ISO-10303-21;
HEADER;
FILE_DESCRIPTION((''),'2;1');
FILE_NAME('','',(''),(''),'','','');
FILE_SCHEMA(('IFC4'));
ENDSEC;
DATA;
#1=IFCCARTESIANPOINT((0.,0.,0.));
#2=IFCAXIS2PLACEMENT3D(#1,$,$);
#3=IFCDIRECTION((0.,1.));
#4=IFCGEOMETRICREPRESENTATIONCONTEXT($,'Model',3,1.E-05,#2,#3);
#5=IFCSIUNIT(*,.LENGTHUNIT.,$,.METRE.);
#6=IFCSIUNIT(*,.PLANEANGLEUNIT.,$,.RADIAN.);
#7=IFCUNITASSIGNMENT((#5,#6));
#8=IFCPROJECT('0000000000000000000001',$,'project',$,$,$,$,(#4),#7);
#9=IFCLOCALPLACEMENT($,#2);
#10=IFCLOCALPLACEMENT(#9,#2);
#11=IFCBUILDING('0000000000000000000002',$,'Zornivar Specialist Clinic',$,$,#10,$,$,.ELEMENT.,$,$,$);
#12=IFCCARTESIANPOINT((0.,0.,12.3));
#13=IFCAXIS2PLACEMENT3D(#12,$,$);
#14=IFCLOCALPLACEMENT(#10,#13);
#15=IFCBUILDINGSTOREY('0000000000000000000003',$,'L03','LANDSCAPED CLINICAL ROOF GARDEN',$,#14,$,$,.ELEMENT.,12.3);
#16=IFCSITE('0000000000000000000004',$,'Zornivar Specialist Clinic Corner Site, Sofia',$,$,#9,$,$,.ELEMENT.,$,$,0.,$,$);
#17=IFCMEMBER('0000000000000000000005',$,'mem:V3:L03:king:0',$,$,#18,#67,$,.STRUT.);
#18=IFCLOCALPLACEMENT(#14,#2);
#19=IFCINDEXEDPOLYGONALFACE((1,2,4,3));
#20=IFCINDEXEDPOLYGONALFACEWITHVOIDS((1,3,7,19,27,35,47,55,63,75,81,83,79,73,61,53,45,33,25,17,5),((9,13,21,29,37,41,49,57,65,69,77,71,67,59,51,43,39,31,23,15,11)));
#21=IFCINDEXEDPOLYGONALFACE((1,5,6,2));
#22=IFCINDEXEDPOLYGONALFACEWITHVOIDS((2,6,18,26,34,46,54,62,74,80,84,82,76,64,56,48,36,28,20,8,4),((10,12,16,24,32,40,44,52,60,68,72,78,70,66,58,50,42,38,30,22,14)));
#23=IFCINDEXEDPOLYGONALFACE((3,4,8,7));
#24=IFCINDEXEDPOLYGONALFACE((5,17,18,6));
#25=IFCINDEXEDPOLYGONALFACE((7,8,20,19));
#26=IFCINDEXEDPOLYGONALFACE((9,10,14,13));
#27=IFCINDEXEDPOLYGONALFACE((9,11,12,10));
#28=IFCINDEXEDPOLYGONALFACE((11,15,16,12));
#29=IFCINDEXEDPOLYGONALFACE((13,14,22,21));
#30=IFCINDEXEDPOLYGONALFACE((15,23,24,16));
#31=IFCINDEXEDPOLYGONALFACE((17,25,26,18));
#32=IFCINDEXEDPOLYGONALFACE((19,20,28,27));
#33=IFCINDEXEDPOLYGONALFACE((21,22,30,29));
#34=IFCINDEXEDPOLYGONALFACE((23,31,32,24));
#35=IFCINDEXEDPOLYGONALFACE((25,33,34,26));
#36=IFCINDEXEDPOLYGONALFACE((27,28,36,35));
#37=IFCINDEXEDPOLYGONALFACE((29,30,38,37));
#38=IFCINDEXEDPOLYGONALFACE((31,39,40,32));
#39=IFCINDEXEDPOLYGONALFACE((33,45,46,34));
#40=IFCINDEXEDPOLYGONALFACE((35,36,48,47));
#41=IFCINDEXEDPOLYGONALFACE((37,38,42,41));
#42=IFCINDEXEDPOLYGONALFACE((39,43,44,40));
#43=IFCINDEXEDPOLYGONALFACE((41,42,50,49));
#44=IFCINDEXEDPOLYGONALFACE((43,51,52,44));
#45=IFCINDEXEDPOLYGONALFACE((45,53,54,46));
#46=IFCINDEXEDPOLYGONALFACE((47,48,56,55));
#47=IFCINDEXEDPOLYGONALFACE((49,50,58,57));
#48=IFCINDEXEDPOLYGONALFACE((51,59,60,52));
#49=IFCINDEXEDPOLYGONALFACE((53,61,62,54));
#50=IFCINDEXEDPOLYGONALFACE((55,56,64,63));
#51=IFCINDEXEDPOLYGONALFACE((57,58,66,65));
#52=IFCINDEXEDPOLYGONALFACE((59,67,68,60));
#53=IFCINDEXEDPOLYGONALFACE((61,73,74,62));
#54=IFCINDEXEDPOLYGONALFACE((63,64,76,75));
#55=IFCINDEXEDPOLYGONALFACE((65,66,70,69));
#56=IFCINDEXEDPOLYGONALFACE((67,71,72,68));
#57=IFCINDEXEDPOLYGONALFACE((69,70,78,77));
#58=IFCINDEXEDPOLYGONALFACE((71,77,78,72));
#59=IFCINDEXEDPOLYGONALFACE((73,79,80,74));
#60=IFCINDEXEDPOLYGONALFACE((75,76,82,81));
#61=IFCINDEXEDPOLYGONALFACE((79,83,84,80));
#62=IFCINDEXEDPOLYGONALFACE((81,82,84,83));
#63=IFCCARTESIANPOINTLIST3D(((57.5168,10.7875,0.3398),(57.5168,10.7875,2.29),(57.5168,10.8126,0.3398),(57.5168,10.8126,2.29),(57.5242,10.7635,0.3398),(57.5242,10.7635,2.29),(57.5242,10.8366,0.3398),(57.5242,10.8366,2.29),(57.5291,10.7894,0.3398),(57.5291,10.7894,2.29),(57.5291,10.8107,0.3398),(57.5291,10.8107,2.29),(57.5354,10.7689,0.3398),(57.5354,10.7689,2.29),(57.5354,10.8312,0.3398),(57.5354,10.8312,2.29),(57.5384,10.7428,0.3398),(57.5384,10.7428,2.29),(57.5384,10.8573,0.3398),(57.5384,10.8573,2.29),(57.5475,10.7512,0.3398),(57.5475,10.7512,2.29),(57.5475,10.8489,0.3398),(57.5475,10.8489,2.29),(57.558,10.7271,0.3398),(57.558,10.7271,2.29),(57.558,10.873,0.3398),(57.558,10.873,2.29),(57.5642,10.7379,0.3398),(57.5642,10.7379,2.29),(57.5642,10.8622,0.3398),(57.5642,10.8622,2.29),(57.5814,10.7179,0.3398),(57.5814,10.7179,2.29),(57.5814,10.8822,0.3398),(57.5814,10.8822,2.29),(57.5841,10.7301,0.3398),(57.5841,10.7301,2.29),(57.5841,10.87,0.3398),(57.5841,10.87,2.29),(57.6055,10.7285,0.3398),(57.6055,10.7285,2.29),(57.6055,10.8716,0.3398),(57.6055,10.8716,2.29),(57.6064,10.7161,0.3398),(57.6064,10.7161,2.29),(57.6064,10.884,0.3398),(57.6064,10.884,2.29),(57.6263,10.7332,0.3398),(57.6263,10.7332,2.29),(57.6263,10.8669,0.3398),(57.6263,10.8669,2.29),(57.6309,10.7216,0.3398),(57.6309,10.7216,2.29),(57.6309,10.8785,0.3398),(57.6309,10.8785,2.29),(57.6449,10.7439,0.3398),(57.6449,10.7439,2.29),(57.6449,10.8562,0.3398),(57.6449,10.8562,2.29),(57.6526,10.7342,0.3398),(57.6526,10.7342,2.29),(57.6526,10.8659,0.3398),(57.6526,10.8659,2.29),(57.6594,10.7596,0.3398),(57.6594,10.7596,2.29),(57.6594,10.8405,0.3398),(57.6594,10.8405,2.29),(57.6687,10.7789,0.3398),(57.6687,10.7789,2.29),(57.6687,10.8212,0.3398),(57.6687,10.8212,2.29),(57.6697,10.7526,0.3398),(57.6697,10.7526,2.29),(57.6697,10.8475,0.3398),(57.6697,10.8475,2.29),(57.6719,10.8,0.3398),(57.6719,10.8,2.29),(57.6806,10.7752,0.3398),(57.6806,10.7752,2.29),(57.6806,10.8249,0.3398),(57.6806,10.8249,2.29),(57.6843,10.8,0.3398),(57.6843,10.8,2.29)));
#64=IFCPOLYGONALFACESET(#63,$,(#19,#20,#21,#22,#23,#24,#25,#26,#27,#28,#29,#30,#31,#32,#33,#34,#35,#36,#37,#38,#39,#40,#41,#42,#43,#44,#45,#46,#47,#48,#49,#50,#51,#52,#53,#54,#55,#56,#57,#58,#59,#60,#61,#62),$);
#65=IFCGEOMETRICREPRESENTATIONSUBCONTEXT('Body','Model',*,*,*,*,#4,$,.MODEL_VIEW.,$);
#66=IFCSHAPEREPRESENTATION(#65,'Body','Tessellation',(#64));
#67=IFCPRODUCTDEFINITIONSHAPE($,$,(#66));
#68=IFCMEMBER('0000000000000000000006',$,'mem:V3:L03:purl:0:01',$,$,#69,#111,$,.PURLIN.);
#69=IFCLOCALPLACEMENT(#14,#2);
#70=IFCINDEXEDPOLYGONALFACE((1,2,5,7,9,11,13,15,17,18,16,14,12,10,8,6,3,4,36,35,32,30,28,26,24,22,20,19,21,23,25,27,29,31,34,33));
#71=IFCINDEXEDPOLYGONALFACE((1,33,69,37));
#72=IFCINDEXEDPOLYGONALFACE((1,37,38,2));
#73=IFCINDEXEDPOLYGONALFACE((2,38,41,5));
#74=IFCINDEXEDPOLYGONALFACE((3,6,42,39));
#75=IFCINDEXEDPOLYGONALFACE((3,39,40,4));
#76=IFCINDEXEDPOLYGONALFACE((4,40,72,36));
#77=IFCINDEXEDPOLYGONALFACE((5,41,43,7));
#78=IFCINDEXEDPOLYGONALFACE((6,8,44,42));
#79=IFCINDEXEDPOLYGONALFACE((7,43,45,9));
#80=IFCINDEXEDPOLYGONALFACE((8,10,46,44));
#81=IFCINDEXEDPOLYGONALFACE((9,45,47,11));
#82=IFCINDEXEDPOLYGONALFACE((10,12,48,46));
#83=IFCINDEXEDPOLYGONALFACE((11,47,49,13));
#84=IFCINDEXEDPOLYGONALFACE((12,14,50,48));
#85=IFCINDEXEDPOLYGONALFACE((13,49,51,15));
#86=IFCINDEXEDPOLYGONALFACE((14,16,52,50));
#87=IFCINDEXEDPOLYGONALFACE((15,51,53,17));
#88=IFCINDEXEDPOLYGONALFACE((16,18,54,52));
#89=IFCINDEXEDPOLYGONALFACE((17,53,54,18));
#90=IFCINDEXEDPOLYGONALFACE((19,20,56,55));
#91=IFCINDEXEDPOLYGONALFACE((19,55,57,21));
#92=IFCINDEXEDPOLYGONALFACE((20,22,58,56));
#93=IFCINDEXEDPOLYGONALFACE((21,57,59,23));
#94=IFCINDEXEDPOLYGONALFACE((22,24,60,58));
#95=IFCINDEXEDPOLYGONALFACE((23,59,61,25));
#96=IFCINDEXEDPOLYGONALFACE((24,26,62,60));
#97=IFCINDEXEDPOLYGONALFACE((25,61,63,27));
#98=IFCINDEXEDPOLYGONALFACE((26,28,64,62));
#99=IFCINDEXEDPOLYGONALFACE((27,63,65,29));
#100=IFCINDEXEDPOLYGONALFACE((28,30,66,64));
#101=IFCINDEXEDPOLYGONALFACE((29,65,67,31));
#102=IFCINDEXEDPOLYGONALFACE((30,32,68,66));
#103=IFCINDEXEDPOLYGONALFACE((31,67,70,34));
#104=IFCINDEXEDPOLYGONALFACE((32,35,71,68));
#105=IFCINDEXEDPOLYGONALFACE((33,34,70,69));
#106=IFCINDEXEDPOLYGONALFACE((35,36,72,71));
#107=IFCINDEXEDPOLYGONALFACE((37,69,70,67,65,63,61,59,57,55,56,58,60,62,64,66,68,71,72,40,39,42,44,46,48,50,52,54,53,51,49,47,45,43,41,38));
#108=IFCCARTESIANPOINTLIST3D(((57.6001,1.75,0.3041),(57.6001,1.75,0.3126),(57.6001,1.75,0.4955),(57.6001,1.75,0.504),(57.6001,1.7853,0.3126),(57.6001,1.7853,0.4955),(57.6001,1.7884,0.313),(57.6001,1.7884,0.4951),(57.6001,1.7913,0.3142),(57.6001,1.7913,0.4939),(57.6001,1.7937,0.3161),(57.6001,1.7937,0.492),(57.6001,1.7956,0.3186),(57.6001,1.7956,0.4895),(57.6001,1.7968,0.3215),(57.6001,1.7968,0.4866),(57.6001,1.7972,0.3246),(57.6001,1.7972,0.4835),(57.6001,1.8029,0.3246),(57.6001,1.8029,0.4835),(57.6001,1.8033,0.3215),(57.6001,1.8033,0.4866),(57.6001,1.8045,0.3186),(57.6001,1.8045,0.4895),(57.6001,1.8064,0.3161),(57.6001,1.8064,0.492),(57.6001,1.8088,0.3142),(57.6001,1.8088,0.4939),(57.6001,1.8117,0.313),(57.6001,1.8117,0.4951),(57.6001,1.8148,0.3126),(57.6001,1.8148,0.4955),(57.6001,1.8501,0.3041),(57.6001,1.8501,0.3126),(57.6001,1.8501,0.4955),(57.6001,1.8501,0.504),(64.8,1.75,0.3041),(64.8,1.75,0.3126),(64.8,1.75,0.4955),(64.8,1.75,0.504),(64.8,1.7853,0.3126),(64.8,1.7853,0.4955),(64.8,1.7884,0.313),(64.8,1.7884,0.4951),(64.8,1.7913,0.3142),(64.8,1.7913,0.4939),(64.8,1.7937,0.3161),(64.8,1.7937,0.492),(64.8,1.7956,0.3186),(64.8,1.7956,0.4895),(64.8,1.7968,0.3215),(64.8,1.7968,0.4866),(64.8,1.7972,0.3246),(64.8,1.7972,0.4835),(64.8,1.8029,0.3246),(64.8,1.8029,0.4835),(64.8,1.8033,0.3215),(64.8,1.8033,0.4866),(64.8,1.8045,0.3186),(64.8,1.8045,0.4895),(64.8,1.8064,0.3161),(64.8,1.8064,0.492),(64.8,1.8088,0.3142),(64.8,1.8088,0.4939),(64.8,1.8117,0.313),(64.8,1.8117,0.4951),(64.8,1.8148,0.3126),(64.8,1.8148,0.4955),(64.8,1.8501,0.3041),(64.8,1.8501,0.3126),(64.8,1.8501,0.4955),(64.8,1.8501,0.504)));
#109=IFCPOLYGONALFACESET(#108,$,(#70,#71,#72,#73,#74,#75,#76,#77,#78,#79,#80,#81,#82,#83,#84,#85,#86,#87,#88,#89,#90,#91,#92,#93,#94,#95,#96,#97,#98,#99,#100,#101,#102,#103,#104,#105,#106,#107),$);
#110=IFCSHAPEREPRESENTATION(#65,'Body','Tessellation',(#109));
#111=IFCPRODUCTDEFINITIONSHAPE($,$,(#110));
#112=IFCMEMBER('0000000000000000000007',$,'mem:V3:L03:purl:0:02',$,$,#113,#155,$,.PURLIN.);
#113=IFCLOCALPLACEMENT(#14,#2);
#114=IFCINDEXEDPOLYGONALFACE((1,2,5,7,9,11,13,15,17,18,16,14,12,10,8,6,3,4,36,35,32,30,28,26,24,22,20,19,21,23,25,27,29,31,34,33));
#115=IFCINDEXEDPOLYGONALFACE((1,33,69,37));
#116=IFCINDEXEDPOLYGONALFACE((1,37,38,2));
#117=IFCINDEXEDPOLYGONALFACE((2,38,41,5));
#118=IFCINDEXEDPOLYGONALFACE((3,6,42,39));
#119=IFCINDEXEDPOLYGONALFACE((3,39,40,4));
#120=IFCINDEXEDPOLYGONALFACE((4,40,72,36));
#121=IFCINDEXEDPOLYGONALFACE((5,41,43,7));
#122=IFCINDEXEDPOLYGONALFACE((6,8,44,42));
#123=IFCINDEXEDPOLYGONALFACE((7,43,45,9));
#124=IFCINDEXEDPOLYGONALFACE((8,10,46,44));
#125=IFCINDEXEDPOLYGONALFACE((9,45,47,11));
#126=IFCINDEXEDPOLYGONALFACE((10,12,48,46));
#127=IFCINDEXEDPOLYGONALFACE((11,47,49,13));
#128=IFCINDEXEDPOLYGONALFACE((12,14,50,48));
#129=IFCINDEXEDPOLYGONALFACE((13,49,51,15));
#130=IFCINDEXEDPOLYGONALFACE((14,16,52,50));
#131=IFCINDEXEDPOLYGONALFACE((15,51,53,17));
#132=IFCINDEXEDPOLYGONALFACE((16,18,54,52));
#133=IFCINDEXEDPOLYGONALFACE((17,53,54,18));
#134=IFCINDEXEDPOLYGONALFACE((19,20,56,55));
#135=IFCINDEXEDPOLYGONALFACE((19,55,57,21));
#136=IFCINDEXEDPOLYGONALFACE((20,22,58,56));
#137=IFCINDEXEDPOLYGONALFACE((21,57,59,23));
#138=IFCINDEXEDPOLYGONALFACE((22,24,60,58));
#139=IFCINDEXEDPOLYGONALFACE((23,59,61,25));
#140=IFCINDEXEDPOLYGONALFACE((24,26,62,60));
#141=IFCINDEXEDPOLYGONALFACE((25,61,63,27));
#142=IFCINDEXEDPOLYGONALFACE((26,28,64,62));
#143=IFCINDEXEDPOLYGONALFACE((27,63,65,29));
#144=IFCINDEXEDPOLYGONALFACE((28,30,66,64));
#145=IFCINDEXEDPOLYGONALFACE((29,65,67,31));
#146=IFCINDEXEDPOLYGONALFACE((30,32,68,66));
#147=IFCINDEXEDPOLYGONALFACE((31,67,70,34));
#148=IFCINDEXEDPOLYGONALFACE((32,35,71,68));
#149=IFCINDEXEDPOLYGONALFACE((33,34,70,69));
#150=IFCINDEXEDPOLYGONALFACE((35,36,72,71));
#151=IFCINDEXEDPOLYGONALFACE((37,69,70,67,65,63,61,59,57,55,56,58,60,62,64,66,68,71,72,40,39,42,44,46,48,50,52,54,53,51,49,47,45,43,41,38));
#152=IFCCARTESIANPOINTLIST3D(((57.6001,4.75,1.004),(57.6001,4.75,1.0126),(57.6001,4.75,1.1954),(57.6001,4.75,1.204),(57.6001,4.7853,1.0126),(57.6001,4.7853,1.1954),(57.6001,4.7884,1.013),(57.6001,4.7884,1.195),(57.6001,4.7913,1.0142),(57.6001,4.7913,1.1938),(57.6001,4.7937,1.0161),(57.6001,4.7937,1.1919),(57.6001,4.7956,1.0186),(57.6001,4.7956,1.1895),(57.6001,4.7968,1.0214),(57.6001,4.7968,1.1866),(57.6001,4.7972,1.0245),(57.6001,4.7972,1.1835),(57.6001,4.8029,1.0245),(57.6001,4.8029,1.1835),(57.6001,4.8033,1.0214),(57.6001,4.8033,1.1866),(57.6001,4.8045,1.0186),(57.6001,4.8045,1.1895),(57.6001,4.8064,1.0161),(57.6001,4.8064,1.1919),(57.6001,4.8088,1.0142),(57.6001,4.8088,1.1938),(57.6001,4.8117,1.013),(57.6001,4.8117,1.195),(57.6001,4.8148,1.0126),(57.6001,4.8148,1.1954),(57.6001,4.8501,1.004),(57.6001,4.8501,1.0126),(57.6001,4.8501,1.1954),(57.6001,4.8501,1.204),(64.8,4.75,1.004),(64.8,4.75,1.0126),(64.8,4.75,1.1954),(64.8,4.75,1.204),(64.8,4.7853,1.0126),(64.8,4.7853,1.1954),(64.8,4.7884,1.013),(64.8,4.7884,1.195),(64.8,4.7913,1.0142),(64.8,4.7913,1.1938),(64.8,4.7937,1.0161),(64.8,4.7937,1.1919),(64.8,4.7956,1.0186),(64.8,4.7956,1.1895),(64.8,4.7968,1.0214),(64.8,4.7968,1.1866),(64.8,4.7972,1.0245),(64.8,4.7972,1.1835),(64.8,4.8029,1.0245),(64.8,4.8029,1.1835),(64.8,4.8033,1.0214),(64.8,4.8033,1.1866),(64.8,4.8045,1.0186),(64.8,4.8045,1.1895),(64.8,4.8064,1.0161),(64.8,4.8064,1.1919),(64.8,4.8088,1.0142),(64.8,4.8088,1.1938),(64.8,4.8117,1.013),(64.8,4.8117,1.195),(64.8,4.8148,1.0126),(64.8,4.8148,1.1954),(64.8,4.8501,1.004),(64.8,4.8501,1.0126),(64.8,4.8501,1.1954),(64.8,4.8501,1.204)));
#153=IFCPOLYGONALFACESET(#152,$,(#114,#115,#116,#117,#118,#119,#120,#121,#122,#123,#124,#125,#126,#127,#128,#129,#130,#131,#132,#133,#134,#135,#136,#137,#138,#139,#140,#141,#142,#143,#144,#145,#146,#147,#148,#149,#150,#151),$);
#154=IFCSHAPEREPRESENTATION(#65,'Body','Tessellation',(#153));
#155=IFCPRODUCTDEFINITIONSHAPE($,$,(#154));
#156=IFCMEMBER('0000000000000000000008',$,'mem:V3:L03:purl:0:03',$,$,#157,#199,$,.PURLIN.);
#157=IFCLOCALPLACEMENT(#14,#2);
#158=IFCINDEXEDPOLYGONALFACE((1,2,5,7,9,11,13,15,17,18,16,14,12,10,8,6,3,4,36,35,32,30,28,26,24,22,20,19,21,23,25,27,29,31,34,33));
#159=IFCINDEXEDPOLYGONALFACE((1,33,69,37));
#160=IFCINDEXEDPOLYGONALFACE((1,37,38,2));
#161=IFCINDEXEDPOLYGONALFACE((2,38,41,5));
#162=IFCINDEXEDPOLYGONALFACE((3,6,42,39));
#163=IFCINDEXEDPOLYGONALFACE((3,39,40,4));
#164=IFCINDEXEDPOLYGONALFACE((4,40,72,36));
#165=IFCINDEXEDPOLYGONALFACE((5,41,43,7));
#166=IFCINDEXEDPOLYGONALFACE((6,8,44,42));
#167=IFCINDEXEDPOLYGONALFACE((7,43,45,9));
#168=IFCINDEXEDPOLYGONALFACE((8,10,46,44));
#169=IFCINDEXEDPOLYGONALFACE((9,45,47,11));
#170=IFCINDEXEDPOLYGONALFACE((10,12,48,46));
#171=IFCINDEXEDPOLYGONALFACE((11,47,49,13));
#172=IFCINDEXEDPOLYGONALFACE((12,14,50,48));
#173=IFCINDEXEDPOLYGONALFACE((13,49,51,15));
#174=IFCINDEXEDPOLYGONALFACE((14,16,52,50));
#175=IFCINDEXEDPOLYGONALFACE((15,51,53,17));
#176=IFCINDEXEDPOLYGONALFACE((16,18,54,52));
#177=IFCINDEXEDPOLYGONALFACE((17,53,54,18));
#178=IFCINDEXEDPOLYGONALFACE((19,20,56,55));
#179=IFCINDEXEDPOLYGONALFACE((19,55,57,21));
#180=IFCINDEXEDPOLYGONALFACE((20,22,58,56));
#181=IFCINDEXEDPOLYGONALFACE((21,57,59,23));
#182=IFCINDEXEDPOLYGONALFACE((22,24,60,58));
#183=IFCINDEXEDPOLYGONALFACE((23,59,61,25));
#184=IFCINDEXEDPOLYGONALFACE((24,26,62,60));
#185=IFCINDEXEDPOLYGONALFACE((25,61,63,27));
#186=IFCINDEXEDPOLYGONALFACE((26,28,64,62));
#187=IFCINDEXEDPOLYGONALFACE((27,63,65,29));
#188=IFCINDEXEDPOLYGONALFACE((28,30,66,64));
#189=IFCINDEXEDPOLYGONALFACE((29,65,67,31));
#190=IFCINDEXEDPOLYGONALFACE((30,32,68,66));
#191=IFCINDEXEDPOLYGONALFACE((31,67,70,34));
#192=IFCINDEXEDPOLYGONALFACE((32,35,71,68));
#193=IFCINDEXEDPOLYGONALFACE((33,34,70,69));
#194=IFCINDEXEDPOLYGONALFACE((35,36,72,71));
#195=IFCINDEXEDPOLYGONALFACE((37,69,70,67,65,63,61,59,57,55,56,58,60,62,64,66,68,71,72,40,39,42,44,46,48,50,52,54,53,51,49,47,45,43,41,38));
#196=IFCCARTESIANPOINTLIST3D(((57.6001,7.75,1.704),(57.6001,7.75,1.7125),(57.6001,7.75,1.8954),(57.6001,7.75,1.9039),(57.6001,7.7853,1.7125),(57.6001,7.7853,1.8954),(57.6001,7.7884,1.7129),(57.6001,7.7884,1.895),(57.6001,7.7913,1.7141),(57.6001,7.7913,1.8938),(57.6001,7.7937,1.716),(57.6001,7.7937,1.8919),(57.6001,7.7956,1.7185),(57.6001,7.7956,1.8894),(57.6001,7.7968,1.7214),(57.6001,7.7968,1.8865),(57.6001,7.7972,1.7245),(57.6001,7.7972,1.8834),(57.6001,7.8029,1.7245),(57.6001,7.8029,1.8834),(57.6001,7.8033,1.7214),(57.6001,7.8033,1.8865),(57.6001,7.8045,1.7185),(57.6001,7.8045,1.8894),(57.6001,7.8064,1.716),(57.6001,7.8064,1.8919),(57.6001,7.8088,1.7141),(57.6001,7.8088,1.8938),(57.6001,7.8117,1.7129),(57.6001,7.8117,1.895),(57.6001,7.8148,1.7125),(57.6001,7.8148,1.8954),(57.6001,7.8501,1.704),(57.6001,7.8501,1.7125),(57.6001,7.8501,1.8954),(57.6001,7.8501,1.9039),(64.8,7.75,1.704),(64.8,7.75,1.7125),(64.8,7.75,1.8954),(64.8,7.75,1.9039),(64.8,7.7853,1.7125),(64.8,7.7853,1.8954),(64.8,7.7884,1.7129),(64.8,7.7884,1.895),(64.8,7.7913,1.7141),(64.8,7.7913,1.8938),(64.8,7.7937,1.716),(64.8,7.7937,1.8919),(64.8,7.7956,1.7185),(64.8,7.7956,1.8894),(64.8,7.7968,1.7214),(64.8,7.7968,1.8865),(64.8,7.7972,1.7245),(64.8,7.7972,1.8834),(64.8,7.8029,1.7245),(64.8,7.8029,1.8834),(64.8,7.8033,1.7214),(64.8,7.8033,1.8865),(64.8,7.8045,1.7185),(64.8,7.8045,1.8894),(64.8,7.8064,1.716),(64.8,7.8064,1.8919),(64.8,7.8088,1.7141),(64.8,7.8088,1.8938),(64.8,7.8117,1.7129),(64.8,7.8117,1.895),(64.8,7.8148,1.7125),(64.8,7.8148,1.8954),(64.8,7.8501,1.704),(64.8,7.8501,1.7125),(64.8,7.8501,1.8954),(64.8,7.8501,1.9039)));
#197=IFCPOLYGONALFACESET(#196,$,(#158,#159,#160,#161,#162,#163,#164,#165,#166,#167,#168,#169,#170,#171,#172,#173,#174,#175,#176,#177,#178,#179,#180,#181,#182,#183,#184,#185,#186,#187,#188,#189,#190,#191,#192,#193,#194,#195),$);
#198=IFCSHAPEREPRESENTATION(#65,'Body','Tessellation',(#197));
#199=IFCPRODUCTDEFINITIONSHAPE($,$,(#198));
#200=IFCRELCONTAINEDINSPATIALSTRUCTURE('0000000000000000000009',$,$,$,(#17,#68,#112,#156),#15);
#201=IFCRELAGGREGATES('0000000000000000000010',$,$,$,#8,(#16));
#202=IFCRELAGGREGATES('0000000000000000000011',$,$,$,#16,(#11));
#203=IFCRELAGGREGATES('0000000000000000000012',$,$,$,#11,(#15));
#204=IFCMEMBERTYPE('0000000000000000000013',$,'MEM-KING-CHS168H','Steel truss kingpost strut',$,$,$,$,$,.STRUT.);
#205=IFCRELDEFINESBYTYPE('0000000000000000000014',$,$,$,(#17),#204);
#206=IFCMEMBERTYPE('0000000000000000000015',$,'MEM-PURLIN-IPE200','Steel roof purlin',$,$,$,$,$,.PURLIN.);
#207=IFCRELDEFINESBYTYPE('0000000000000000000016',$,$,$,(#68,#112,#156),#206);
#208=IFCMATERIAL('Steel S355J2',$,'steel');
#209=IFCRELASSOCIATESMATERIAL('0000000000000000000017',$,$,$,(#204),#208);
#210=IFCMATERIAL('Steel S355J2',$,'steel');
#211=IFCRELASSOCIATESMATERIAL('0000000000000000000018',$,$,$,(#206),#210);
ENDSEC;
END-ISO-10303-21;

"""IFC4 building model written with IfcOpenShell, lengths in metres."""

from ifc_helpers import new_model, si_unit, direction, frame, origin, origin_2d, place, context, subcontext, project, spatial, hollow_circle, i_section, extrude, material, material_profile, profile_set, type_object, element, save


model = new_model("IFC4")

# Units and contexts
model_context = context("Model", 3, precision=1e-05, world=origin(), true_north=direction((0.0, 1.0)))
body_context = subcontext(model_context, "Body", "Model", "MODEL_VIEW")
ifc_project = project(units=[si_unit("LENGTHUNIT", "METRE"), si_unit("PLANEANGLEUNIT", "RADIAN")], contexts=[model_context])

# Site, building, storey
site_placement = place(None, origin())
site = spatial("IfcSite", under=ifc_project, at=site_placement, Name="Zornivar Specialist Clinic Corner Site, Sofia", CompositionType="ELEMENT", RefElevation=0.0)
building_placement = place(site_placement, origin())
building = spatial("IfcBuilding", under=site, at=building_placement, Name="Zornivar Specialist Clinic", CompositionType="ELEMENT")
storey_placement = place(building_placement, frame((0.0, 0.0, 12.3)))
storey = spatial("IfcBuildingStorey", under=building, at=storey_placement, Name="L03", Description="LANDSCAPED CLINICAL ROOF GARDEN", CompositionType="ELEMENT", Elevation=12.3)

# Members
ifc_material_1 = material(Name="Steel S355J2", Category="steel")
ifc_material_profile_1 = material_profile(ifc_material_1, hollow_circle(Radius=0.0842, WallThickness=0.0125, at=origin_2d()), Name="CHS 168.3x12.5")
ifc_profile_set_1 = profile_set([ifc_material_profile_1], Name="Steel S355J2")
member_type_1 = type_object("IfcMemberType", Name="MEM-KING-CHS168H", Description="Steel truss kingpost strut", PredefinedType="STRUT", material=ifc_profile_set_1)
member_1_placement = place(storey_placement, frame((57.6001, 10.8, 0.3398), z_axis=(0.0, 0.0, 1.0), x_axis=(1.0, 0.0, 0.0)))
element("IfcMember", 1, at=member_1_placement, inside=storey, type_object=member_type_1, Name="mem:V3:L03:king:0", PredefinedType="STRUT", context=body_context, shape_type="SweptSolid", body=[
    extrude(hollow_circle(Radius=0.0842, WallThickness=0.0125, at=origin_2d()), origin(), (0.0, 0.0, 1.0), 1.9502),
])
ifc_material_2 = material(Name="Steel S355J2", Category="steel")
ifc_material_profile_2 = material_profile(ifc_material_2, i_section(OverallWidth=0.1001, OverallDepth=0.2, WebThickness=0.0056, FlangeThickness=0.0085, FilletRadius=0.012, at=origin_2d()), Name="IPE 200")
ifc_profile_set_2 = profile_set([ifc_material_profile_2], Name="Steel S355J2")
member_type_2 = type_object("IfcMemberType", Name="MEM-PURLIN-IPE200", Description="Steel roof purlin", PredefinedType="PURLIN", material=ifc_profile_set_2)
for number, where, z_axis, x_axis, name in (
    (2, (57.6001, 1.8, 0.4041), (1.0, 0.0, 0.0), (0.0, 1.0, 0.0), "mem:V3:L03:purl:0:01"),
    (3, (57.6001, 4.8, 1.104), (1.0, 0.0, 0.0), (0.0, 1.0, 0.0), "mem:V3:L03:purl:0:02"),
    (4, (57.6001, 7.8, 1.804), (1.0, 0.0, 0.0), (0.0, 1.0, 0.0), "mem:V3:L03:purl:0:03"),
):
    element("IfcMember", number, at=place(storey_placement, frame(where, z_axis=z_axis, x_axis=x_axis)), inside=storey, type_object=member_type_2, Name=name, PredefinedType="PURLIN", context=body_context, shape_type="SweptSolid", body=[
        extrude(i_section(OverallWidth=0.1001, OverallDepth=0.2, WebThickness=0.0056, FlangeThickness=0.0085, FilletRadius=0.012, at=origin_2d()), origin(), (0.0, 0.0, 1.0), 7.2),
    ])

save(model, "model.ifc")
